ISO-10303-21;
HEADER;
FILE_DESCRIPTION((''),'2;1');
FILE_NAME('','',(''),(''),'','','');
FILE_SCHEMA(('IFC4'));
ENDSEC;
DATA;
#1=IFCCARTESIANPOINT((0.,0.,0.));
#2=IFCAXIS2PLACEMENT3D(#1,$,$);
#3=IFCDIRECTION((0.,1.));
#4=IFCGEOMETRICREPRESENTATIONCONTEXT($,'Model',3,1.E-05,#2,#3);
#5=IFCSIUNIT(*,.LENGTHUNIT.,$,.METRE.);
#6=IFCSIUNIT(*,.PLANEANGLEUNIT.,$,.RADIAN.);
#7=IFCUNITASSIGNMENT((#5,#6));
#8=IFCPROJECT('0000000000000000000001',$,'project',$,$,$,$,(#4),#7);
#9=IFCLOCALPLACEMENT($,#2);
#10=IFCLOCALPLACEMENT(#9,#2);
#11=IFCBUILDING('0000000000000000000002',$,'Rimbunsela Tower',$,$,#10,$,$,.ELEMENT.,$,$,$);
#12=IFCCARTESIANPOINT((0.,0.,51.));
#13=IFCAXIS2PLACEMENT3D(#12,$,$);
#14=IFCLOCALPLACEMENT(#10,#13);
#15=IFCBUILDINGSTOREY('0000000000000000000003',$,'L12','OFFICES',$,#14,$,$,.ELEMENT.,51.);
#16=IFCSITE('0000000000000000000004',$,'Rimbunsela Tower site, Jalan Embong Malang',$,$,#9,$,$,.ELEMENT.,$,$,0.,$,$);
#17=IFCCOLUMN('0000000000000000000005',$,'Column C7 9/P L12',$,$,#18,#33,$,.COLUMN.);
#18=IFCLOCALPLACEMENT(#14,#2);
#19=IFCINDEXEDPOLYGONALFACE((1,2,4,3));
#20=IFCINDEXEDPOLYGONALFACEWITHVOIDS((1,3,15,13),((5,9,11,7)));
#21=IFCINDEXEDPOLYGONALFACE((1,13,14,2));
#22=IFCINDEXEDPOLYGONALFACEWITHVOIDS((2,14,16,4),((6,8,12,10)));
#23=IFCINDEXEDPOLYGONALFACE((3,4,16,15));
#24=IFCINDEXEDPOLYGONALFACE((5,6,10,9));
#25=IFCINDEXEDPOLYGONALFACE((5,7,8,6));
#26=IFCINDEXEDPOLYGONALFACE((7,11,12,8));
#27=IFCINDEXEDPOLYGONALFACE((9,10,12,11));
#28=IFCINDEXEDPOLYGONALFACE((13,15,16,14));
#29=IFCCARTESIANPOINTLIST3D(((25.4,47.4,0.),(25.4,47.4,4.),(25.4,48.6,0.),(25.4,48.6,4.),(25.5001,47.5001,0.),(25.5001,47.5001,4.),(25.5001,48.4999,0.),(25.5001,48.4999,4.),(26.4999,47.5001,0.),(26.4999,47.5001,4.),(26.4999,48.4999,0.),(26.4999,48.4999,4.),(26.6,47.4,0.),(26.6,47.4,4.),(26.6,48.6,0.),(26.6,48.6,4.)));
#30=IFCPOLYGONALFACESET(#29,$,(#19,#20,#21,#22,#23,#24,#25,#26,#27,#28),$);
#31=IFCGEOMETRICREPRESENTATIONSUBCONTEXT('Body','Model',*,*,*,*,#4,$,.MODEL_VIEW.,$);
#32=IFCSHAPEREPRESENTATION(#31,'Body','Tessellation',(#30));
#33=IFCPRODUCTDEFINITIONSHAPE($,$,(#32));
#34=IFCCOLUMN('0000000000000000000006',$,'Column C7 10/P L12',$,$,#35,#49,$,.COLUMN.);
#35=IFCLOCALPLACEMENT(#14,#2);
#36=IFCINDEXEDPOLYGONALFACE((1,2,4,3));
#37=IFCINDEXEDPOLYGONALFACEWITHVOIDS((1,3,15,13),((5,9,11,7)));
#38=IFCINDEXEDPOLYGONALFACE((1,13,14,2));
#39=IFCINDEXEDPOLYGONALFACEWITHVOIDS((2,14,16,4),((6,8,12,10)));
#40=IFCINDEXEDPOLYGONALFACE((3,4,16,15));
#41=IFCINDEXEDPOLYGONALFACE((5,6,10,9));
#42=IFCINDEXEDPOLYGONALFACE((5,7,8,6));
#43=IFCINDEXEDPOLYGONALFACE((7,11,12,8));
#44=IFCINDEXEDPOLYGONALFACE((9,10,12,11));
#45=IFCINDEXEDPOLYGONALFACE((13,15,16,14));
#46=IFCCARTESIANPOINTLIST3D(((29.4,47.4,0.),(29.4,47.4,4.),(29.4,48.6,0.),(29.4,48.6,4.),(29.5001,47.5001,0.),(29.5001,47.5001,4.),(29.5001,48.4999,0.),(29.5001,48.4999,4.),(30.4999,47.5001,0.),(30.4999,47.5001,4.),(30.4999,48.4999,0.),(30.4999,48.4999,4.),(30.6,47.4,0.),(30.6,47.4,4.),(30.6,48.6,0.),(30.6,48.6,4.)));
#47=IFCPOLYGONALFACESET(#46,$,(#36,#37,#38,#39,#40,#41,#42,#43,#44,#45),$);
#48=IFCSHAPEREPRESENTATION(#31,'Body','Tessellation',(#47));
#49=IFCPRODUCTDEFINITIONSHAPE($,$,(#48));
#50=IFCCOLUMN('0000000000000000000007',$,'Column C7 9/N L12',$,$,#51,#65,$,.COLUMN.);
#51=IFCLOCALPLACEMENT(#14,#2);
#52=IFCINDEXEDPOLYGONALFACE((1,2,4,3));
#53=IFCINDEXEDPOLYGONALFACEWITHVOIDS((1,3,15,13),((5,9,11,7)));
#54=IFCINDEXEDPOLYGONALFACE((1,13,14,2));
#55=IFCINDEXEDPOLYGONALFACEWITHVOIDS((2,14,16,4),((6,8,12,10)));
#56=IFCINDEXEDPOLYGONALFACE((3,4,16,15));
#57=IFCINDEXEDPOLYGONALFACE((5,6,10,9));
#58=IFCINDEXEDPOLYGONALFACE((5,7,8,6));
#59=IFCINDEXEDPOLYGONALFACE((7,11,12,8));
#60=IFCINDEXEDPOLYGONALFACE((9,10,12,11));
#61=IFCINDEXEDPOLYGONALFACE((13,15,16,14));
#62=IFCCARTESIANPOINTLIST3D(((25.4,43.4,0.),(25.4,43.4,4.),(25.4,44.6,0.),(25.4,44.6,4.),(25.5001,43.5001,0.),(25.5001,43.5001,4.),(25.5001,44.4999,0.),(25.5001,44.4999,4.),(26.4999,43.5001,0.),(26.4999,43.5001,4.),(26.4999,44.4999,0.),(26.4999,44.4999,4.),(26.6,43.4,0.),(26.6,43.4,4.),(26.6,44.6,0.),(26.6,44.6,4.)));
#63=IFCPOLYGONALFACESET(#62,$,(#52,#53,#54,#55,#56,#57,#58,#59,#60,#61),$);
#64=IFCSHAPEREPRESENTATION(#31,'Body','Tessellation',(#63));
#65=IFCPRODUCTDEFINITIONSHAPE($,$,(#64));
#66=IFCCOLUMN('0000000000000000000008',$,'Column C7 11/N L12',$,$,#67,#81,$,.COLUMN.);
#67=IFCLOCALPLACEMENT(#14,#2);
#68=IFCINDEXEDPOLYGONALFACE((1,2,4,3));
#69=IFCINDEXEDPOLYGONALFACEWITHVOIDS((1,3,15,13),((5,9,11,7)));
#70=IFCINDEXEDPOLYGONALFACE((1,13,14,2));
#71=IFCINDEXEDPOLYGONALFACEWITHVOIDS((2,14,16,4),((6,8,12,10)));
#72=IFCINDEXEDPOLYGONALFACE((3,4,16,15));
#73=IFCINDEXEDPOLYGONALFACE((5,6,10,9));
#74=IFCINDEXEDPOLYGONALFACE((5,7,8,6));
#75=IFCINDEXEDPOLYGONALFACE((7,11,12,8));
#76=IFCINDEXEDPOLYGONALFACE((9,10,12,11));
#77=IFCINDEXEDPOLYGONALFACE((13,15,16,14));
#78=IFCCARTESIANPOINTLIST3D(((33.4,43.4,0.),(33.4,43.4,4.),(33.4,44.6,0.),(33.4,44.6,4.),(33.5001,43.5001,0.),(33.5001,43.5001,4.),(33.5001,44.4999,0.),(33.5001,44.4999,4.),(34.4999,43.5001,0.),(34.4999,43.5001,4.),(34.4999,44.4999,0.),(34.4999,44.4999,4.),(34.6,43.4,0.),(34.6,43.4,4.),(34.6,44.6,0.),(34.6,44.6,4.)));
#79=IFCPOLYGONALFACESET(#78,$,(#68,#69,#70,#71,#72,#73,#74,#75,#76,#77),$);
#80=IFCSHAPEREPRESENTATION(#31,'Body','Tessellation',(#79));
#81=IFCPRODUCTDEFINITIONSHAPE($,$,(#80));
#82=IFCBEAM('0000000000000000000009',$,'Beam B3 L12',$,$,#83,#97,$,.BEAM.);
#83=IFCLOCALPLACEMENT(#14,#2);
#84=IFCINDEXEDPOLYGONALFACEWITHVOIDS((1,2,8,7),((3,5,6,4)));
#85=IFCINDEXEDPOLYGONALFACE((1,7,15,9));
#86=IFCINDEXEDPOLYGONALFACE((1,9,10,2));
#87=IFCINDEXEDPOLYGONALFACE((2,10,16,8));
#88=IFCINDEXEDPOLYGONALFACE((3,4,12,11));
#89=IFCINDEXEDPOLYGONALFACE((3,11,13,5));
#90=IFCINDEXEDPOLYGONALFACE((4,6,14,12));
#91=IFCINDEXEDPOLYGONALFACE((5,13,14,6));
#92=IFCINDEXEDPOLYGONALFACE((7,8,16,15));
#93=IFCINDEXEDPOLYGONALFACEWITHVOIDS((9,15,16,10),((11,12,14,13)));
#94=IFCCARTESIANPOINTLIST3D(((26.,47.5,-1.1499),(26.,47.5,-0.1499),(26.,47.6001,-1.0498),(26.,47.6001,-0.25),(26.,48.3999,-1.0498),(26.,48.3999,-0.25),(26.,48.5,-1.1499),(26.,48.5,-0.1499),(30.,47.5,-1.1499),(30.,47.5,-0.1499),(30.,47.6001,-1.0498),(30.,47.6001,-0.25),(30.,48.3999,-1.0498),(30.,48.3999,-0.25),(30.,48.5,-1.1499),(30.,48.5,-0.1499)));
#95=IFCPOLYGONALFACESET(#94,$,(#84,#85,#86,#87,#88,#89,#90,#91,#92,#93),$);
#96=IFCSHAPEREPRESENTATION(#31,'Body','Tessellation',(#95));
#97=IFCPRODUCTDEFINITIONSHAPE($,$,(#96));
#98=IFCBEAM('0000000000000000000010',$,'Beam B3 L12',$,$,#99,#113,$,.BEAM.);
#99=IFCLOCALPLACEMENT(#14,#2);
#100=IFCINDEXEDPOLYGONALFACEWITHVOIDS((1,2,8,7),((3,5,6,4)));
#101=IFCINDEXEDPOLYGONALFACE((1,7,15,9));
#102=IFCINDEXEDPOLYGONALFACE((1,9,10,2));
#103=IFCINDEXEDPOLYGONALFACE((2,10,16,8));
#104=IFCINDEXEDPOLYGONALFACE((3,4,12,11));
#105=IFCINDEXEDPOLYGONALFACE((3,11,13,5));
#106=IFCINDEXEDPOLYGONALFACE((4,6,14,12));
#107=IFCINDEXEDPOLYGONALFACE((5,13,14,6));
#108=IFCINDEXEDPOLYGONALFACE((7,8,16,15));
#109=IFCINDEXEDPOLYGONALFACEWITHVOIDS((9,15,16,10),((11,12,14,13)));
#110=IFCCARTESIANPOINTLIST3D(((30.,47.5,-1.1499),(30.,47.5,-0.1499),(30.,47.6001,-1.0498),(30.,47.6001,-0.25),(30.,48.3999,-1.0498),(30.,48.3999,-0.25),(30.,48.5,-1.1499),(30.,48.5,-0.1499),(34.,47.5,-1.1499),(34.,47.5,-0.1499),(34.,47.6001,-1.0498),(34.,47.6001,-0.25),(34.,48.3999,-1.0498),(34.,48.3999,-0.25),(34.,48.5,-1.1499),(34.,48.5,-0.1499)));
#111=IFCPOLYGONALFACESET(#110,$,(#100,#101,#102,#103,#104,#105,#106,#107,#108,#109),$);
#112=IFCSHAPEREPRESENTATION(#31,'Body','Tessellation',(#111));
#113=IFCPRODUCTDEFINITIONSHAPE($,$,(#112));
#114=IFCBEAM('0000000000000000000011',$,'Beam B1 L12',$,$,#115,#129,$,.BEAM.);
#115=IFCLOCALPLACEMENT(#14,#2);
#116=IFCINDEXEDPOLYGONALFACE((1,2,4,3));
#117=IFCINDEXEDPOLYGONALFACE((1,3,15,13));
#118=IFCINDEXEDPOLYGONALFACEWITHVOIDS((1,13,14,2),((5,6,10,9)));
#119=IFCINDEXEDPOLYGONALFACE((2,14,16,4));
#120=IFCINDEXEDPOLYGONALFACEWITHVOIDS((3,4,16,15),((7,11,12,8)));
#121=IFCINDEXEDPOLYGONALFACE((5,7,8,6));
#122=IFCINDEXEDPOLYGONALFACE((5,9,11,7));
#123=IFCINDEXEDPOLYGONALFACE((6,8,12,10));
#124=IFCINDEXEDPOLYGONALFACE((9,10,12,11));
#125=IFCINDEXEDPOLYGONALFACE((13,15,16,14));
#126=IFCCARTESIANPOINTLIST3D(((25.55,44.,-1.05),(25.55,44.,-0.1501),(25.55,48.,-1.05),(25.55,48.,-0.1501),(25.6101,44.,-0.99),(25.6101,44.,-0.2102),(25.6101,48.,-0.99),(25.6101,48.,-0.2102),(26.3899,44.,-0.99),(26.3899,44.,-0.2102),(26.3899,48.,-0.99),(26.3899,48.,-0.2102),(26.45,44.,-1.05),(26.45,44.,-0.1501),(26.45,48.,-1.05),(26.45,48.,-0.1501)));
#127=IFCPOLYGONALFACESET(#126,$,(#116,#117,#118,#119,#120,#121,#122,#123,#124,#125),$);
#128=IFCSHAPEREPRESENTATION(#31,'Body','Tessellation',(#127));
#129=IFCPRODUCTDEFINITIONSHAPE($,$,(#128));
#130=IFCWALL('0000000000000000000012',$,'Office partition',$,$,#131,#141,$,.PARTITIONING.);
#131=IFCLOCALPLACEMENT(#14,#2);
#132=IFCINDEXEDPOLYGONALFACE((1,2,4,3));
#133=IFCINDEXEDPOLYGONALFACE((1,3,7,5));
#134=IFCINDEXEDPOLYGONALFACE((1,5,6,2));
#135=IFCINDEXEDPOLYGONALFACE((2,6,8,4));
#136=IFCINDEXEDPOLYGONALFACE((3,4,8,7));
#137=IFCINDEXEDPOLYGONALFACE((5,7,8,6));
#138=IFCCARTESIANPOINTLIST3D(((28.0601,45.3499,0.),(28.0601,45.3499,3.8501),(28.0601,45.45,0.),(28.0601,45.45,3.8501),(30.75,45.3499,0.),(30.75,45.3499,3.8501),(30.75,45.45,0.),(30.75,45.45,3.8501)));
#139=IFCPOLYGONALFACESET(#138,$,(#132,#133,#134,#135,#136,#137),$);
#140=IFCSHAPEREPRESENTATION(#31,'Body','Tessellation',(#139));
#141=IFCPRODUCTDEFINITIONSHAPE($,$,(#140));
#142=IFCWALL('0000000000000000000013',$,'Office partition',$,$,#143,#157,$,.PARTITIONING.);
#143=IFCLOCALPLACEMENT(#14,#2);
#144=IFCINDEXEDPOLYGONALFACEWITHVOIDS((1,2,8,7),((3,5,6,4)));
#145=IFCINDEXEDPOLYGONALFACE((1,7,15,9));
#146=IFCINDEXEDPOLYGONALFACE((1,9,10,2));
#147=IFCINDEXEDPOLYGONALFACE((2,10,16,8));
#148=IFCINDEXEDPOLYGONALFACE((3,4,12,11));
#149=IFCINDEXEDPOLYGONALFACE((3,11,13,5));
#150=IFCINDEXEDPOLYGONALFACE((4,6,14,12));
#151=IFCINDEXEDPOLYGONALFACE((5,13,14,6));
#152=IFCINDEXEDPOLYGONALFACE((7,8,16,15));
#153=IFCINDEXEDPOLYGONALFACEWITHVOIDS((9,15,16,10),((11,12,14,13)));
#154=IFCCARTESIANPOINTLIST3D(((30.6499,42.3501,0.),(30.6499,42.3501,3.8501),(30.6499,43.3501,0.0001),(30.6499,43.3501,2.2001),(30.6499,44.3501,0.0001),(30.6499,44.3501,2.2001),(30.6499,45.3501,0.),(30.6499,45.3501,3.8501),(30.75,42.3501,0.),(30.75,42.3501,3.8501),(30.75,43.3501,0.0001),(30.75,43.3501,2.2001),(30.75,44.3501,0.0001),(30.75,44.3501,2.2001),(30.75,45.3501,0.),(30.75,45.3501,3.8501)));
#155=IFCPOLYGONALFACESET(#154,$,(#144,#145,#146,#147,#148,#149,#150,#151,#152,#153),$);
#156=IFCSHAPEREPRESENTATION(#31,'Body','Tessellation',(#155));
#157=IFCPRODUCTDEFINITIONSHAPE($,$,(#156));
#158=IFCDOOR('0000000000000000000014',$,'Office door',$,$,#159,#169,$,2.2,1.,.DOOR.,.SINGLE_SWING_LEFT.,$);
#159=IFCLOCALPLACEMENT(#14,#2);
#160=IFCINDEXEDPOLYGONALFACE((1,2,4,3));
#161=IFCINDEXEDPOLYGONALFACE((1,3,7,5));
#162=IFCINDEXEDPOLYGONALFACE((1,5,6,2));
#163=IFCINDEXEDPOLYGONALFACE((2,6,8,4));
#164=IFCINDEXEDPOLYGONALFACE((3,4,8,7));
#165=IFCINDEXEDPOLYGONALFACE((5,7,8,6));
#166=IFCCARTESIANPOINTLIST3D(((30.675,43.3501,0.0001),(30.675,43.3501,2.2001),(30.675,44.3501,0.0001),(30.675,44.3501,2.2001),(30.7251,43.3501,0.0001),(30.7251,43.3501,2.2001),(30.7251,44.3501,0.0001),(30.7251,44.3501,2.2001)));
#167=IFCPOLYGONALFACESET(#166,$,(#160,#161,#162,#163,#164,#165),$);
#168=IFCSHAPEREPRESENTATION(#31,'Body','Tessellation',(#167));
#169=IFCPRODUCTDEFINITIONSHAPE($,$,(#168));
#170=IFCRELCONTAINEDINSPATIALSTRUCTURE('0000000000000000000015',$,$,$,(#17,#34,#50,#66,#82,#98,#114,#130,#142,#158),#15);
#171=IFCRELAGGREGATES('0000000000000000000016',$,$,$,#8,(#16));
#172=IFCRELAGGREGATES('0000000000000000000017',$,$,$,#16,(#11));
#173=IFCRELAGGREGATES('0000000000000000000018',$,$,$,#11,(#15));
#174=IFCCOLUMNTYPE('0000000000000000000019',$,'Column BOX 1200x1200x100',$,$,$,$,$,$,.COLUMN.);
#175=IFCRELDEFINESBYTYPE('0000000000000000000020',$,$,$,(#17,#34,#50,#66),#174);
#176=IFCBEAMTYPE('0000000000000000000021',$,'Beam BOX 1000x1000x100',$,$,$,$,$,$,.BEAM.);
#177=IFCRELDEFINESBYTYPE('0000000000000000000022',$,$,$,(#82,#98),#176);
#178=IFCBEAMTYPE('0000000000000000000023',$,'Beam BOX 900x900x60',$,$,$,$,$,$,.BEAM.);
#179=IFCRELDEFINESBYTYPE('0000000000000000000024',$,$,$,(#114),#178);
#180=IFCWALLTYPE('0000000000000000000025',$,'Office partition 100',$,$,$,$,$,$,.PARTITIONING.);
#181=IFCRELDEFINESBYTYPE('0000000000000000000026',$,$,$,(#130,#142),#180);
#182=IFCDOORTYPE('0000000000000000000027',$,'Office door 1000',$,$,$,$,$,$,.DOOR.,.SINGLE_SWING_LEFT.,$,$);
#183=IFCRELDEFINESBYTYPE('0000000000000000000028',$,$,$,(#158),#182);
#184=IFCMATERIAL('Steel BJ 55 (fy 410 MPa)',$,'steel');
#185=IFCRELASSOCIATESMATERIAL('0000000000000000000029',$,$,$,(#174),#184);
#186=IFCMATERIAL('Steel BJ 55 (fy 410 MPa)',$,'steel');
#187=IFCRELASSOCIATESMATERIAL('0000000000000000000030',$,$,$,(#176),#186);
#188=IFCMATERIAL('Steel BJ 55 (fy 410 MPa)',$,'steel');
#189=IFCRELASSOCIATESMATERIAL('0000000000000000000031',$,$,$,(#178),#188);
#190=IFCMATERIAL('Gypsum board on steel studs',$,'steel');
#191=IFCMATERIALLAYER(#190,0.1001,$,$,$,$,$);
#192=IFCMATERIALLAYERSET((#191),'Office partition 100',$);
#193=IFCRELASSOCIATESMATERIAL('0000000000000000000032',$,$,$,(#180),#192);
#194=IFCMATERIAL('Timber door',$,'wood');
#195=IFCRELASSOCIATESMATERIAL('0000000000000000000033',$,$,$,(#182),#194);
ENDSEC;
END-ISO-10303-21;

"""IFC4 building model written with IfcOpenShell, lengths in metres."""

from ifc_helpers import new_model, si_unit, direction, frame, frame_2d, origin, origin_2d, place, context, subcontext, project, spatial, rectangle, hollow_rectangle, extrude, material, layer, layer_set, material_profile, profile_set, type_object, element, fill, save


model = new_model("IFC4")

# Units and contexts
model_context = context("Model", 3, precision=1e-05, world=origin(), true_north=direction((0.0, 1.0)))
body_context = subcontext(model_context, "Body", "Model", "MODEL_VIEW")
ifc_project = project(units=[si_unit("LENGTHUNIT", "METRE"), si_unit("PLANEANGLEUNIT", "RADIAN")], contexts=[model_context])

# Site, building, storey
site_placement = place(None, origin())
site = spatial("IfcSite", under=ifc_project, at=site_placement, Name="Rimbunsela Tower site, Jalan Embong Malang", CompositionType="ELEMENT", RefElevation=0.0)
building_placement = place(site_placement, origin())
building = spatial("IfcBuilding", under=site, at=building_placement, Name="Rimbunsela Tower", CompositionType="ELEMENT")
storey_placement = place(building_placement, frame((0.0, 0.0, 51.0)))
storey = spatial("IfcBuildingStorey", under=building, at=storey_placement, Name="L12", Description="OFFICES", CompositionType="ELEMENT", Elevation=51.0)

# Columns
ifc_material_1 = material(Name="Steel BJ 55 (fy 410 MPa)", Category="steel")
ifc_material_profile_1 = material_profile(ifc_material_1, hollow_rectangle(XDim=1.2, YDim=1.2, WallThickness=0.1001, at=origin_2d()), Name="BOX 1200x1200x100")
ifc_profile_set_1 = profile_set([ifc_material_profile_1], Name="Steel BJ 55 (fy 410 MPa)")
column_type = type_object("IfcColumnType", Name="Column BOX 1200x1200x100", PredefinedType="COLUMN", material=ifc_profile_set_1)
for number, where, z_axis, x_axis, name in (
    (1, (26.0, 48.0, 0.0), (0.0, 0.0, 1.0), (1.0, 0.0, 0.0), "Column C7 9/P L12"),
    (2, (30.0, 48.0, 0.0), (0.0, 0.0, 1.0), (1.0, 0.0, 0.0), "Column C7 10/P L12"),
    (3, (26.0, 44.0, 0.0), (0.0, 0.0, 1.0), (1.0, 0.0, 0.0), "Column C7 9/N L12"),
    (4, (34.0, 44.0, 0.0), (0.0, 0.0, 1.0), (1.0, 0.0, 0.0), "Column C7 11/N L12"),
):
    element("IfcColumn", number, at=place(storey_placement, frame(where, z_axis=z_axis, x_axis=x_axis)), inside=storey, type_object=column_type, Name=name, PredefinedType="COLUMN", context=body_context, shape_type="SweptSolid", body=[
        extrude(hollow_rectangle(XDim=1.2, YDim=1.2, WallThickness=0.1001, at=origin_2d()), origin(), (0.0, 0.0, 1.0), 4.0),
    ])

# Beams
ifc_material_2 = material(Name="Steel BJ 55 (fy 410 MPa)", Category="steel")
ifc_material_profile_2 = material_profile(ifc_material_2, hollow_rectangle(XDim=1.0, YDim=1.0, WallThickness=0.1001, at=origin_2d()), Name="BOX 1000x1000x100")
ifc_profile_set_2 = profile_set([ifc_material_profile_2], Name="Steel BJ 55 (fy 410 MPa)")
beam_type_1 = type_object("IfcBeamType", Name="Beam BOX 1000x1000x100", PredefinedType="BEAM", material=ifc_profile_set_2)
for number, where, z_axis, x_axis, name in (
    (5, (26.0, 48.0, -0.6499), (1.0, 0.0, 0.0), (0.0, 1.0, 0.0), "Beam B3 L12"),
    (6, (30.0, 48.0, -0.6499), (1.0, 0.0, 0.0), (0.0, 1.0, 0.0), "Beam B3 L12"),
):
    element("IfcBeam", number, at=place(storey_placement, frame(where, z_axis=z_axis, x_axis=x_axis)), inside=storey, type_object=beam_type_1, Name=name, PredefinedType="BEAM", context=body_context, shape_type="SweptSolid", body=[
        extrude(hollow_rectangle(XDim=1.0, YDim=1.0, WallThickness=0.1001, at=origin_2d()), origin(), (0.0, 0.0, 1.0), 4.0),
    ])
ifc_material_3 = material(Name="Steel BJ 55 (fy 410 MPa)", Category="steel")
ifc_material_profile_3 = material_profile(ifc_material_3, hollow_rectangle(XDim=0.8999, YDim=0.8999, WallThickness=0.0601, at=origin_2d()), Name="BOX 900x900x60")
ifc_profile_set_3 = profile_set([ifc_material_profile_3], Name="Steel BJ 55 (fy 410 MPa)")
beam_type_2 = type_object("IfcBeamType", Name="Beam BOX 900x900x60", PredefinedType="BEAM", material=ifc_profile_set_3)
beam_placement = place(storey_placement, frame((26.0, 44.0, -0.6001), z_axis=(0.0, 1.0, 0.0), x_axis=(-1.0, 0.0, 0.0)))
element("IfcBeam", 7, at=beam_placement, inside=storey, type_object=beam_type_2, Name="Beam B1 L12", PredefinedType="BEAM", context=body_context, shape_type="SweptSolid", body=[
    extrude(hollow_rectangle(XDim=0.8999, YDim=0.8999, WallThickness=0.0601, at=origin_2d()), origin(), (0.0, 0.0, 1.0), 4.0),
])

# Wall
ifc_material_4 = material(Name="Gypsum board on steel studs", Category="steel")
ifc_layer_1 = layer(ifc_material_4, 0.1001)
ifc_layer_set_1 = layer_set([ifc_layer_1], Name="Office partition 100")
wall_type_1 = type_object("IfcWallType", Name="Office partition 100", PredefinedType="PARTITIONING", material=ifc_layer_set_1)
wall_1_placement = place(storey_placement, frame((28.0601, 45.3999, 0.0), z_axis=(0.0, 0.0, 1.0), x_axis=(1.0, 0.0, 0.0)))
element("IfcWall", 8, at=wall_1_placement, inside=storey, type_object=wall_type_1, Name="Office partition", PredefinedType="PARTITIONING", context=body_context, shape_type="SweptSolid", body=[
    extrude(rectangle(XDim=2.6899, YDim=0.1001, at=frame_2d((1.345, 0.0))), origin(), (0.0, 0.0, 1.0), 3.8501),
])

# Wall, opening, door
wall_2_placement = place(storey_placement, frame((30.7, 42.3501, 0.0), z_axis=(0.0, 0.0, 1.0), x_axis=(0.0, 1.0, 0.0)))
wall_2 = element("IfcWall", 9, at=wall_2_placement, inside=storey, type_object=wall_type_1, Name="Office partition", PredefinedType="PARTITIONING", context=body_context, shape_type="SweptSolid", body=[
    extrude(rectangle(XDim=3.0, YDim=0.1001, at=frame_2d((1.5, 0.0))), origin(), (0.0, 0.0, 1.0), 3.8501),
])
opening_1_placement = place(wall_2_placement, frame((1.0, 0.0, 0.0)))
opening_1 = element("IfcOpeningElement", 10, at=opening_1_placement, cuts=wall_2, PredefinedType="OPENING", context=body_context, shape_type="SweptSolid", body=[
    extrude(rectangle(XDim=1.0, YDim=2.2, at=frame_2d((0.5, 1.1001))), frame((0.0, 0.0601, 0.0), z_axis=(0.0, -1.0, 0.0), x_axis=(1.0, 0.0, 0.0)), (0.0, 0.0, 1.0), 0.1201),
])
ifc_material_5 = material(Name="Timber door", Category="wood")
door_type = type_object("IfcDoorType", Name="Office door 1000", OperationType="SINGLE_SWING_LEFT", PredefinedType="DOOR", material=ifc_material_5)
door_placement = place(opening_1_placement, origin())
door = element("IfcDoor", 11, at=door_placement, inside=storey, type_object=door_type, Name="Office door", OperationType="SINGLE_SWING_LEFT", OverallHeight=2.2, OverallWidth=1.0, PredefinedType="DOOR", context=body_context, shape_type="SweptSolid", body=[
    extrude(rectangle(XDim=1.0, YDim=2.2, at=frame_2d((0.5, 1.1001))), frame((0.0, 0.0249, 0.0), z_axis=(0.0, -1.0, 0.0), x_axis=(1.0, 0.0, 0.0)), (0.0, 0.0, 1.0), 0.05),
])
fill(opening_1, door)

save(model, "model.ifc")
